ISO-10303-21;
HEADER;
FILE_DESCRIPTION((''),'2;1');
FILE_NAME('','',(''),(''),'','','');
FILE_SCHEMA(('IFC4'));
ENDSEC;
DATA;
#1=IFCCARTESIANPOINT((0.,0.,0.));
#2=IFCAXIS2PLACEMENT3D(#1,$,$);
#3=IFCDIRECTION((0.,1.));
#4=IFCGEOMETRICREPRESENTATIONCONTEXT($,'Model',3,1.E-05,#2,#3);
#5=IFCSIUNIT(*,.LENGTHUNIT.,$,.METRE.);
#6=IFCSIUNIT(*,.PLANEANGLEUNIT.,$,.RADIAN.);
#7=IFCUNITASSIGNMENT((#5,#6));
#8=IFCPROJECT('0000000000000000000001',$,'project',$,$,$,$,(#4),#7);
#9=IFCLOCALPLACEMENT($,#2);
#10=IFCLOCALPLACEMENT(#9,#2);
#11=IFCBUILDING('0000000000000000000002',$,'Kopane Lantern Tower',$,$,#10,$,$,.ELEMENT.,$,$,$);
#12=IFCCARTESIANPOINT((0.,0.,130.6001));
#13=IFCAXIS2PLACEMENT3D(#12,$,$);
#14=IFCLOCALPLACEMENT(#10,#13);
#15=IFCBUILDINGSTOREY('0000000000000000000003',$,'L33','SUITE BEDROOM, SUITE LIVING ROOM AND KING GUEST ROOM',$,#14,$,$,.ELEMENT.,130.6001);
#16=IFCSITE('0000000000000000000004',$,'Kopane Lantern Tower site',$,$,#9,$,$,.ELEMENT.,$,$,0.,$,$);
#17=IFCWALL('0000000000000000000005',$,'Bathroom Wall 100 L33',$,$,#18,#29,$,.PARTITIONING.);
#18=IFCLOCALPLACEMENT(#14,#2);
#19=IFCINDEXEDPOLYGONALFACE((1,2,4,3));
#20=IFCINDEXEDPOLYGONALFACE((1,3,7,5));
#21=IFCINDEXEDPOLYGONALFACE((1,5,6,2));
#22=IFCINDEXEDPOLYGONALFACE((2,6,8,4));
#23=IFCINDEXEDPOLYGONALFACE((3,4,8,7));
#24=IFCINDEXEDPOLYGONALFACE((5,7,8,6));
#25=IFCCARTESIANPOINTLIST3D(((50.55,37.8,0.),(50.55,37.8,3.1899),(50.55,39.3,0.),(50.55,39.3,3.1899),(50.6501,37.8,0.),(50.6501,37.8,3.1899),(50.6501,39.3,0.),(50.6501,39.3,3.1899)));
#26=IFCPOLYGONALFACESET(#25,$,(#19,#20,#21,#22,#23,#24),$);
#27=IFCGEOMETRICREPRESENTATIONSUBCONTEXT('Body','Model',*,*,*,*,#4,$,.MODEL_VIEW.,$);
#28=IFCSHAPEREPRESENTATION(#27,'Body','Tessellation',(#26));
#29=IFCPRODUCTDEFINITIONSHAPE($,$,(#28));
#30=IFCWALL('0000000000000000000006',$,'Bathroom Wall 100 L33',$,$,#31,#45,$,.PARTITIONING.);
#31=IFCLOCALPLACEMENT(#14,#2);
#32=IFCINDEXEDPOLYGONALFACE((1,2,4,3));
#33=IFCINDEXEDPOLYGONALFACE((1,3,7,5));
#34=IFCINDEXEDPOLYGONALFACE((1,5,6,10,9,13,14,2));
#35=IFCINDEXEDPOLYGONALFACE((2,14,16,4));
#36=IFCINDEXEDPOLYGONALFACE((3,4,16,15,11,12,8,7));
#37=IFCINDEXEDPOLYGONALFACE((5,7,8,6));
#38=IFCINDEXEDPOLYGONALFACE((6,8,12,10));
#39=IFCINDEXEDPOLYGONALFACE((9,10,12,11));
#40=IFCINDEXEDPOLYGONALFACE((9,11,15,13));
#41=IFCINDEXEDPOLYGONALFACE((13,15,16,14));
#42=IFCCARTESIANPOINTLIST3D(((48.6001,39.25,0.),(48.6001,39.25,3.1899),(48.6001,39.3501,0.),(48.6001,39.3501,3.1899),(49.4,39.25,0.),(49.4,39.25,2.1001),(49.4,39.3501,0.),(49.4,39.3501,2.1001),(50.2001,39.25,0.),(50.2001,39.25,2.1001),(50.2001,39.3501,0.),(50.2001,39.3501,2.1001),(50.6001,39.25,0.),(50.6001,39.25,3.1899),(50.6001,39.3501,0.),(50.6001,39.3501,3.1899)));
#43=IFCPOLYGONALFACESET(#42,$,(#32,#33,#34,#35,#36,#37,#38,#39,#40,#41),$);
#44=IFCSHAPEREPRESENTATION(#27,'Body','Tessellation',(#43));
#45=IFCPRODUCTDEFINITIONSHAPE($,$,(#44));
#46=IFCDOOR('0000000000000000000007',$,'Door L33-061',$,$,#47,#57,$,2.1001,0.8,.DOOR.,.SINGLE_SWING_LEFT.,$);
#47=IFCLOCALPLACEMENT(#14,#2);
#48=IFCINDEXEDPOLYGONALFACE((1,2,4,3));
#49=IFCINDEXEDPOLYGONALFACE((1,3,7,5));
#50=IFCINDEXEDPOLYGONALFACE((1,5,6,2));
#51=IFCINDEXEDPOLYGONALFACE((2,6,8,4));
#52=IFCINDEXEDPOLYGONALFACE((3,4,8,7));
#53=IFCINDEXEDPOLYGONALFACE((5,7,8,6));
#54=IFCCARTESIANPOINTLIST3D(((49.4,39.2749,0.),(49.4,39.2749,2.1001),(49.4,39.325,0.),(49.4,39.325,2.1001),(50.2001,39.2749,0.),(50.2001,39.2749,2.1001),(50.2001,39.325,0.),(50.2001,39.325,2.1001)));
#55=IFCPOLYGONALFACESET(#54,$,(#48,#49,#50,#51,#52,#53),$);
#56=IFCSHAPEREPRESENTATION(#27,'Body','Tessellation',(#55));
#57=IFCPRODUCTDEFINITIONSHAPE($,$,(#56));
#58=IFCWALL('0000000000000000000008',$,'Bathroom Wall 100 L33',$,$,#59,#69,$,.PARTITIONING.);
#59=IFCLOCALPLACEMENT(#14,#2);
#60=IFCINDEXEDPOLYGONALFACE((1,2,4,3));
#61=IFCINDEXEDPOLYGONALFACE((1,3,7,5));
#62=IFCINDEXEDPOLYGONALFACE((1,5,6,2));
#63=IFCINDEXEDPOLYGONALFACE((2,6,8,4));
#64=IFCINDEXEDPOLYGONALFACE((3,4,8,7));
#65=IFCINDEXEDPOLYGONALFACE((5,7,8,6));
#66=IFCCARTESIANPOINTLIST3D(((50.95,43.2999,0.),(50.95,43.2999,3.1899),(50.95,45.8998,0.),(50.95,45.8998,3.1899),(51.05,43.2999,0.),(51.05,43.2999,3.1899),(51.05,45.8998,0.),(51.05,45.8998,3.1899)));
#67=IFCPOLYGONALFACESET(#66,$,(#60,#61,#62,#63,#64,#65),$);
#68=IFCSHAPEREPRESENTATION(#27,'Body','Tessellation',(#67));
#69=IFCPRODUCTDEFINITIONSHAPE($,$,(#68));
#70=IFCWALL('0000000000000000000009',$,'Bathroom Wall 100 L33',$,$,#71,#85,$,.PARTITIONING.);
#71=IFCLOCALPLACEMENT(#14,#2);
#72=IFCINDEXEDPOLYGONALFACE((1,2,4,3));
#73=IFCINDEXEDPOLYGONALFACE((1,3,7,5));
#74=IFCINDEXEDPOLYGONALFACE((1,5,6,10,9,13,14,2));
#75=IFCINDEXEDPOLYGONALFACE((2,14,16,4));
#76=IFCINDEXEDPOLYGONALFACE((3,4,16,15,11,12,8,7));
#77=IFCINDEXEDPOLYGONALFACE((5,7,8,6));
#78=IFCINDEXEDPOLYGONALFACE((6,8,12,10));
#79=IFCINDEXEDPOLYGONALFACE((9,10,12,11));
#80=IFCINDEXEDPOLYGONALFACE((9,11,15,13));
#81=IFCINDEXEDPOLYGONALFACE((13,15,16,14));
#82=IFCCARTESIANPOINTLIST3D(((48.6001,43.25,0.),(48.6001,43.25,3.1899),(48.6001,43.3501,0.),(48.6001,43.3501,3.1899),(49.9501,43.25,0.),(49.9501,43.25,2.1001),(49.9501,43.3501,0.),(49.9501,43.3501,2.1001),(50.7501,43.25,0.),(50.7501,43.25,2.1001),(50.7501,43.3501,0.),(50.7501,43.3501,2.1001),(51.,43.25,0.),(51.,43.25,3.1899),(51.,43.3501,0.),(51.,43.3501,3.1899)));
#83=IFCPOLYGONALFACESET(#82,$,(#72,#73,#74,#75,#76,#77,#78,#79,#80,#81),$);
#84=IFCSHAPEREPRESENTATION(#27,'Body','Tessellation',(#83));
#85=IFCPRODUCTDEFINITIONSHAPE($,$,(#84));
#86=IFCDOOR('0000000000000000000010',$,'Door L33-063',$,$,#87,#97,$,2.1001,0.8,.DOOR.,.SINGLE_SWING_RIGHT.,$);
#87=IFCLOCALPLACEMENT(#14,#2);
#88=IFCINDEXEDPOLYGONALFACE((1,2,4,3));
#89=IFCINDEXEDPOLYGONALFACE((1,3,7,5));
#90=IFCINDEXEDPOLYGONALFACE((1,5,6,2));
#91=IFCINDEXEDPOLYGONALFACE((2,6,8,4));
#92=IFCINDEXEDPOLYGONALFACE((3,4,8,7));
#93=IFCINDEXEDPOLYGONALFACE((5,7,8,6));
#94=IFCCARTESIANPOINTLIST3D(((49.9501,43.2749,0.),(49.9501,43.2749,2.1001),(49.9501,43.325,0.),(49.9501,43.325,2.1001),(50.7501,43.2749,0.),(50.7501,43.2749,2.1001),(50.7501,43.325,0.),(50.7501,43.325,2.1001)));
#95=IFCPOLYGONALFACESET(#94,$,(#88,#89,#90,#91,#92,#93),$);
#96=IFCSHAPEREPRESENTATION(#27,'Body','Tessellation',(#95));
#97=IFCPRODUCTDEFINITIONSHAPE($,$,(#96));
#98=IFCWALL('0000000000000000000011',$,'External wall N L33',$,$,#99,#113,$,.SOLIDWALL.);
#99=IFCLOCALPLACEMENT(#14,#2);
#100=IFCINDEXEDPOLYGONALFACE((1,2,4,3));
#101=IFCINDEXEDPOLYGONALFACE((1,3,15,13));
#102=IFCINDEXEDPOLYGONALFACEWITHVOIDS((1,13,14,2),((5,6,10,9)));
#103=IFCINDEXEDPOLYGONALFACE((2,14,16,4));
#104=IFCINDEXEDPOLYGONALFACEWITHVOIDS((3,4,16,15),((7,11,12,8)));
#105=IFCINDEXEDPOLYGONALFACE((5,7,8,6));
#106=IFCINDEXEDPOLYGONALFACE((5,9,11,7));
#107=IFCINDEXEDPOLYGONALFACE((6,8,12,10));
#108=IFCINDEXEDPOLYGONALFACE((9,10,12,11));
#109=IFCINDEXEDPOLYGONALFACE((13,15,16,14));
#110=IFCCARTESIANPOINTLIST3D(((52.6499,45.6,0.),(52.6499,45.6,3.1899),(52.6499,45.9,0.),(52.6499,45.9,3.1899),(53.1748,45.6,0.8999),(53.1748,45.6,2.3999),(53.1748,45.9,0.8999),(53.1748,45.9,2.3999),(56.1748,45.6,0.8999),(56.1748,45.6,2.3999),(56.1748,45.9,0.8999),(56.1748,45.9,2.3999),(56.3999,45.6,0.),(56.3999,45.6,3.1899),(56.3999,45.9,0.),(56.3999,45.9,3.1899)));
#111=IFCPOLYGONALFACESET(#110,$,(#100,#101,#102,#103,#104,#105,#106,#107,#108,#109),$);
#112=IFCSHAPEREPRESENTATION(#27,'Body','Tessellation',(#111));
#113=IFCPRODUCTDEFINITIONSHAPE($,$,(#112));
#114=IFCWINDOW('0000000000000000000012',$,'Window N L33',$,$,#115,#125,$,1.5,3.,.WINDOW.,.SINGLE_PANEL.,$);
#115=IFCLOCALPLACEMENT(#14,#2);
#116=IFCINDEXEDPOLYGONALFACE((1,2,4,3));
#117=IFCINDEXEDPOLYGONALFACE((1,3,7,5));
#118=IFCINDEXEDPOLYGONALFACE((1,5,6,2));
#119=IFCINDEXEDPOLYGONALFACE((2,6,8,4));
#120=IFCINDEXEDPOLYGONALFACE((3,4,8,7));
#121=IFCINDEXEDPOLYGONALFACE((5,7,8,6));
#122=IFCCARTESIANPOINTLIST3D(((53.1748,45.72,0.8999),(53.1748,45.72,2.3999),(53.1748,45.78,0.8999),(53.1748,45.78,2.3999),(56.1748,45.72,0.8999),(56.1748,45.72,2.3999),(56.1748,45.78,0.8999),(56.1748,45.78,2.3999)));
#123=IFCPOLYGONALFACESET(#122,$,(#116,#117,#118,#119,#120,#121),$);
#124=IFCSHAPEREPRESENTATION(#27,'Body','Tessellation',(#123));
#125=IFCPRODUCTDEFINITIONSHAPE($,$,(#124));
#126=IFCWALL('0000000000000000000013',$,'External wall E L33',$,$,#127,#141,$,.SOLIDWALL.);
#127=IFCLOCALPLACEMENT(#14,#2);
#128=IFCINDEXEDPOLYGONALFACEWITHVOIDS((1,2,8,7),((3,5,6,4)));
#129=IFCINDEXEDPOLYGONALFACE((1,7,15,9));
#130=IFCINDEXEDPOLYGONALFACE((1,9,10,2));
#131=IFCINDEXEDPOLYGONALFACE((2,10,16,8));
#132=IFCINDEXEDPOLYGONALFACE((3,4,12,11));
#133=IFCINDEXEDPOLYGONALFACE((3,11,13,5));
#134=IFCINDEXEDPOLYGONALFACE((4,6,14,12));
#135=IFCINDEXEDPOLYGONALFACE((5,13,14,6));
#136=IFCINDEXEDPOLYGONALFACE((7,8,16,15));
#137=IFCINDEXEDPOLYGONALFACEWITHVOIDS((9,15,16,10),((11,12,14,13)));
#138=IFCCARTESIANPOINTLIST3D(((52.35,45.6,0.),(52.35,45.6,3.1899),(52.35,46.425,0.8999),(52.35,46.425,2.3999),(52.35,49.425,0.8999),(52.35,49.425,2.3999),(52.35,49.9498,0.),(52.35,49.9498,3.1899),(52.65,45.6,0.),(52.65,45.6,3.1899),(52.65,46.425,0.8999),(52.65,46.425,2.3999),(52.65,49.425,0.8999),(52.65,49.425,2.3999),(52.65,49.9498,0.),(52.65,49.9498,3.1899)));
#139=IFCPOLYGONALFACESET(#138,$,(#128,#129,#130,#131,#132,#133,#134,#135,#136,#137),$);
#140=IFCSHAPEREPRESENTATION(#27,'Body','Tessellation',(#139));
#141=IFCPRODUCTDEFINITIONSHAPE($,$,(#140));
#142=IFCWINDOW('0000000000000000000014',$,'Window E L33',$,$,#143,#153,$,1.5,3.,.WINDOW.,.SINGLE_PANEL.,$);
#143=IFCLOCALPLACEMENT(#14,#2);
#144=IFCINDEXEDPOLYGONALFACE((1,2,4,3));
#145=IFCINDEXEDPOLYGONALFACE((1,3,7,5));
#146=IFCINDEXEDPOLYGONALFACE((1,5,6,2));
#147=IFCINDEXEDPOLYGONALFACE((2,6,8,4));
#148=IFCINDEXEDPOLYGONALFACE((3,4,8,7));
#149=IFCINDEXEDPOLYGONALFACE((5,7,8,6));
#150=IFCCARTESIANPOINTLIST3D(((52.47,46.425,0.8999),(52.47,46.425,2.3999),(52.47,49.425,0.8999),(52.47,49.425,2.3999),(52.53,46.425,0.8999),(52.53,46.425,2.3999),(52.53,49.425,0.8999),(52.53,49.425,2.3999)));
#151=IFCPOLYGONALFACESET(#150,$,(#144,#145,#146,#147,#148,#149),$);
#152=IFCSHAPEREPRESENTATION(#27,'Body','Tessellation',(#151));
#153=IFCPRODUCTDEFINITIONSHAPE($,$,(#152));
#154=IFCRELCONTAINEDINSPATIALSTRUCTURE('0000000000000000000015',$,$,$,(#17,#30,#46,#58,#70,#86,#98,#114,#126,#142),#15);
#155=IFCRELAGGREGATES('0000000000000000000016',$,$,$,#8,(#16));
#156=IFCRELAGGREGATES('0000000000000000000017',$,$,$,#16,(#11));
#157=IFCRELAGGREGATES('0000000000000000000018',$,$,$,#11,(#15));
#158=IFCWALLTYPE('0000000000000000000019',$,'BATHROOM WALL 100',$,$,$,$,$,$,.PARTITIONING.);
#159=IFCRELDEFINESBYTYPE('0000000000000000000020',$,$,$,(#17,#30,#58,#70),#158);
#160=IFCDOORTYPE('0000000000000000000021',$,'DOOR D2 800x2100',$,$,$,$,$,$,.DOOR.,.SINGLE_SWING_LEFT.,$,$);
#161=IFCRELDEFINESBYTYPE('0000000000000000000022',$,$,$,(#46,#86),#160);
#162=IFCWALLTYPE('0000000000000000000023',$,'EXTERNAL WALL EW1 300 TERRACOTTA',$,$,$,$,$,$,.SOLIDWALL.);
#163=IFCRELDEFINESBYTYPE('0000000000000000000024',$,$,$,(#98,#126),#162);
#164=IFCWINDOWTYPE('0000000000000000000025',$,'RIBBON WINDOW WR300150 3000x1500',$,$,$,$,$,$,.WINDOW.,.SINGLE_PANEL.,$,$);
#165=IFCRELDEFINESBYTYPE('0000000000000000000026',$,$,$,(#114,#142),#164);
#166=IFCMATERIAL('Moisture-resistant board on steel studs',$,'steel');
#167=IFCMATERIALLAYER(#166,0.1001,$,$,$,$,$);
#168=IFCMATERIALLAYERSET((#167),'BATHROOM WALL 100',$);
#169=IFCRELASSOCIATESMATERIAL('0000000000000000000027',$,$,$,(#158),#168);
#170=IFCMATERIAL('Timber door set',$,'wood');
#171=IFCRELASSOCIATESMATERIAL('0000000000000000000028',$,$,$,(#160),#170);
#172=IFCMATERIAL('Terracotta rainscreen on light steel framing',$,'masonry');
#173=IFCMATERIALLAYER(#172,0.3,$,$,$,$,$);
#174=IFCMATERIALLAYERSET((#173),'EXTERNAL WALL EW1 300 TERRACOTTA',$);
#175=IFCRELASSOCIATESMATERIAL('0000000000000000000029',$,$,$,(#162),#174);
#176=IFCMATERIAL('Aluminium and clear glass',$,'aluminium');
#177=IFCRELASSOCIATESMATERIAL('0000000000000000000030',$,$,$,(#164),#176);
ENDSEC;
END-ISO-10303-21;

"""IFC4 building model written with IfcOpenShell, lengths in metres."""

from ifc_helpers import new_model, si_unit, direction, frame, frame_2d, origin, place, context, subcontext, project, spatial, rectangle, extrude, material, layer, layer_set, type_object, element, fill, save


model = new_model("IFC4")

# Units and contexts
model_context = context("Model", 3, precision=1e-05, world=origin(), true_north=direction((0.0, 1.0)))
body_context = subcontext(model_context, "Body", "Model", "MODEL_VIEW")
ifc_project = project(units=[si_unit("LENGTHUNIT", "METRE"), si_unit("PLANEANGLEUNIT", "RADIAN")], contexts=[model_context])

# Site, building, storey
site_placement = place(None, origin())
site = spatial("IfcSite", under=ifc_project, at=site_placement, Name="Kopane Lantern Tower site", CompositionType="ELEMENT", RefElevation=0.0)
building_placement = place(site_placement, origin())
building = spatial("IfcBuilding", under=site, at=building_placement, Name="Kopane Lantern Tower", CompositionType="ELEMENT")
storey_placement = place(building_placement, frame((0.0, 0.0, 130.6001)))
storey = spatial("IfcBuildingStorey", under=building, at=storey_placement, Name="L33", Description="SUITE BEDROOM, SUITE LIVING ROOM AND KING GUEST ROOM", CompositionType="ELEMENT", Elevation=130.6001)

# Wall
ifc_material_1 = material(Name="Moisture-resistant board on steel studs", Category="steel")
ifc_layer_1 = layer(ifc_material_1, 0.1001)
ifc_layer_set_1 = layer_set([ifc_layer_1], Name="BATHROOM WALL 100")
wall_type_1 = type_object("IfcWallType", Name="BATHROOM WALL 100", PredefinedType="PARTITIONING", material=ifc_layer_set_1)
wall_1_placement = place(storey_placement, frame((50.6001, 37.8, 0.0), z_axis=(0.0, 0.0, 1.0), x_axis=(0.0, 1.0, 0.0)))
element("IfcWall", 1, at=wall_1_placement, inside=storey, type_object=wall_type_1, Name="Bathroom Wall 100 L33", PredefinedType="PARTITIONING", context=body_context, shape_type="SweptSolid", body=[
    extrude(rectangle(XDim=1.5, YDim=0.1001, at=frame_2d((0.75, 0.0))), origin(), (0.0, 0.0, 1.0), 3.1899),
])

# Wall, opening, door
wall_2_placement = place(storey_placement, frame((48.6001, 39.3, 0.0), z_axis=(0.0, 0.0, 1.0), x_axis=(1.0, 0.0, 0.0)))
wall_2 = element("IfcWall", 2, at=wall_2_placement, inside=storey, type_object=wall_type_1, Name="Bathroom Wall 100 L33", PredefinedType="PARTITIONING", context=body_context, shape_type="SweptSolid", body=[
    extrude(rectangle(XDim=2.0, YDim=0.1001, at=frame_2d((1.0, 0.0))), origin(), (0.0, 0.0, 1.0), 3.1899),
])
opening_1_placement = place(wall_2_placement, frame((0.8, 0.0, 0.0)))
opening_1 = element("IfcOpeningElement", 3, at=opening_1_placement, cuts=wall_2, PredefinedType="OPENING", context=body_context, shape_type="SweptSolid", body=[
    extrude(rectangle(XDim=0.8, YDim=2.1001, at=frame_2d((0.3999, 1.05))), frame((0.0, 0.0601, 0.0), z_axis=(0.0, -1.0, 0.0), x_axis=(1.0, 0.0, 0.0)), (0.0, 0.0, 1.0), 0.1201),
])
ifc_material_2 = material(Name="Timber door set", Category="wood")
door_type_1 = type_object("IfcDoorType", Name="DOOR D2 800x2100", OperationType="SINGLE_SWING_LEFT", PredefinedType="DOOR", material=ifc_material_2)
door_1_placement = place(opening_1_placement, origin())
door_1 = element("IfcDoor", 4, at=door_1_placement, inside=storey, type_object=door_type_1, Name="Door L33-061", OperationType="SINGLE_SWING_LEFT", OverallHeight=2.1001, OverallWidth=0.8, PredefinedType="DOOR", context=body_context, shape_type="SweptSolid", body=[
    extrude(rectangle(XDim=0.8, YDim=2.1001, at=frame_2d((0.3999, 1.05))), frame((0.0, 0.0249, 0.0), z_axis=(0.0, -1.0, 0.0), x_axis=(1.0, 0.0, 0.0)), (0.0, 0.0, 1.0), 0.05),
])
fill(opening_1, door_1)

# Wall
wall_3_placement = place(storey_placement, frame((51.0, 43.3, 0.0), z_axis=(0.0, 0.0, 1.0), x_axis=(0.0, 1.0, 0.0)))
element("IfcWall", 5, at=wall_3_placement, inside=storey, type_object=wall_type_1, Name="Bathroom Wall 100 L33", PredefinedType="PARTITIONING", context=body_context, shape_type="SweptSolid", body=[
    extrude(rectangle(XDim=2.5999, YDim=0.1001, at=frame_2d((1.2998, 0.0))), origin(), (0.0, 0.0, 1.0), 3.1899),
])

# Wall, opening, door
wall_4_placement = place(storey_placement, frame((48.6001, 43.3, 0.0), z_axis=(0.0, 0.0, 1.0), x_axis=(1.0, 0.0, 0.0)))
wall_4 = element("IfcWall", 6, at=wall_4_placement, inside=storey, type_object=wall_type_1, Name="Bathroom Wall 100 L33", PredefinedType="PARTITIONING", context=body_context, shape_type="SweptSolid", body=[
    extrude(rectangle(XDim=2.3999, YDim=0.1001, at=frame_2d((1.2, 0.0))), origin(), (0.0, 0.0, 1.0), 3.1899),
])
opening_2_placement = place(wall_4_placement, frame((1.3501, 0.0, 0.0)))
opening_2 = element("IfcOpeningElement", 7, at=opening_2_placement, cuts=wall_4, PredefinedType="OPENING", context=body_context, shape_type="SweptSolid", body=[
    extrude(rectangle(XDim=0.8, YDim=2.1001, at=frame_2d((0.3999, 1.05))), frame((0.0, 0.0601, 0.0), z_axis=(0.0, -1.0, 0.0), x_axis=(1.0, 0.0, 0.0)), (0.0, 0.0, 1.0), 0.1201),
])
door_2_placement = place(opening_2_placement, origin())
door_2 = element("IfcDoor", 8, at=door_2_placement, inside=storey, type_object=door_type_1, Name="Door L33-063", OperationType="SINGLE_SWING_RIGHT", OverallHeight=2.1001, OverallWidth=0.8, PredefinedType="DOOR", context=body_context, shape_type="SweptSolid", body=[
    extrude(rectangle(XDim=0.8, YDim=2.1001, at=frame_2d((0.3999, 1.05))), frame((0.0, 0.0249, 0.0), z_axis=(0.0, -1.0, 0.0), x_axis=(1.0, 0.0, 0.0)), (0.0, 0.0, 1.0), 0.05),
])
fill(opening_2, door_2)

# Walls, openings, windows
ifc_material_3 = material(Name="Terracotta rainscreen on light steel framing", Category="masonry")
ifc_layer_2 = layer(ifc_material_3, 0.3)
ifc_layer_set_2 = layer_set([ifc_layer_2], Name="EXTERNAL WALL EW1 300 TERRACOTTA")
wall_type_2 = type_object("IfcWallType", Name="EXTERNAL WALL EW1 300 TERRACOTTA", PredefinedType="SOLIDWALL", material=ifc_layer_set_2)
wall_5_placement = place(storey_placement, frame((56.3999, 45.75, 0.0), z_axis=(0.0, 0.0, 1.0), x_axis=(-1.0, 0.0, 0.0)))
wall_5 = element("IfcWall", 9, at=wall_5_placement, inside=storey, type_object=wall_type_2, Name="External wall N L33", PredefinedType="SOLIDWALL", context=body_context, shape_type="SweptSolid", body=[
    extrude(rectangle(XDim=3.75, YDim=0.3, at=frame_2d((1.875, 0.0))), origin(), (0.0, 0.0, 1.0), 3.1899),
])
opening_3_placement = place(wall_5_placement, frame((0.2251, 0.0, 0.8999)))
opening_3 = element("IfcOpeningElement", 10, at=opening_3_placement, cuts=wall_5, PredefinedType="OPENING", context=body_context, shape_type="SweptSolid", body=[
    extrude(rectangle(XDim=3.0, YDim=1.5, at=frame_2d((1.5, 0.75))), frame((0.0, 0.1599, 0.0), z_axis=(0.0, -1.0, 0.0), x_axis=(1.0, 0.0, 0.0)), (0.0, 0.0, 1.0), 0.3201),
])
ifc_material_4 = material(Name="Aluminium and clear glass", Category="aluminium")
window_type = type_object("IfcWindowType", Name="RIBBON WINDOW WR300150 3000x1500", PartitioningType="SINGLE_PANEL", PredefinedType="WINDOW", material=ifc_material_4)
window_1_placement = place(opening_3_placement, origin())
window_1 = element("IfcWindow", 11, at=window_1_placement, inside=storey, type_object=window_type, Name="Window N L33", OverallHeight=1.5, OverallWidth=3.0, PartitioningType="SINGLE_PANEL", PredefinedType="WINDOW", context=body_context, shape_type="SweptSolid", body=[
    extrude(rectangle(XDim=3.0, YDim=1.5, at=frame_2d((1.5, 0.75))), frame((0.0, 0.03, 0.0), z_axis=(0.0, -1.0, 0.0), x_axis=(1.0, 0.0, 0.0)), (0.0, 0.0, 1.0), 0.0601),
])
fill(opening_3, window_1)
wall_6_placement = place(storey_placement, frame((52.5, 45.6001, 0.0), z_axis=(0.0, 0.0, 1.0), x_axis=(0.0, 1.0, 0.0)))
wall_6 = element("IfcWall", 12, at=wall_6_placement, inside=storey, type_object=wall_type_2, Name="External wall E L33", PredefinedType="SOLIDWALL", context=body_context, shape_type="SweptSolid", body=[
    extrude(rectangle(XDim=4.3499, YDim=0.3, at=frame_2d((2.1748, 0.0))), origin(), (0.0, 0.0, 1.0), 3.1899),
])
opening_4_placement = place(wall_6_placement, frame((0.825, 0.0, 0.8999)))
opening_4 = element("IfcOpeningElement", 13, at=opening_4_placement, cuts=wall_6, PredefinedType="OPENING", context=body_context, shape_type="SweptSolid", body=[
    extrude(rectangle(XDim=3.0, YDim=1.5, at=frame_2d((1.5, 0.75))), frame((0.0, 0.1599, 0.0), z_axis=(0.0, -1.0, 0.0), x_axis=(1.0, 0.0, 0.0)), (0.0, 0.0, 1.0), 0.3201),
])
window_2_placement = place(opening_4_placement, origin())
window_2 = element("IfcWindow", 14, at=window_2_placement, inside=storey, type_object=window_type, Name="Window E L33", OverallHeight=1.5, OverallWidth=3.0, PartitioningType="SINGLE_PANEL", PredefinedType="WINDOW", context=body_context, shape_type="SweptSolid", body=[
    extrude(rectangle(XDim=3.0, YDim=1.5, at=frame_2d((1.5, 0.75))), frame((0.0, 0.03, 0.0), z_axis=(0.0, -1.0, 0.0), x_axis=(1.0, 0.0, 0.0)), (0.0, 0.0, 1.0), 0.0601),
])
fill(opening_4, window_2)

save(model, "model.ifc")
